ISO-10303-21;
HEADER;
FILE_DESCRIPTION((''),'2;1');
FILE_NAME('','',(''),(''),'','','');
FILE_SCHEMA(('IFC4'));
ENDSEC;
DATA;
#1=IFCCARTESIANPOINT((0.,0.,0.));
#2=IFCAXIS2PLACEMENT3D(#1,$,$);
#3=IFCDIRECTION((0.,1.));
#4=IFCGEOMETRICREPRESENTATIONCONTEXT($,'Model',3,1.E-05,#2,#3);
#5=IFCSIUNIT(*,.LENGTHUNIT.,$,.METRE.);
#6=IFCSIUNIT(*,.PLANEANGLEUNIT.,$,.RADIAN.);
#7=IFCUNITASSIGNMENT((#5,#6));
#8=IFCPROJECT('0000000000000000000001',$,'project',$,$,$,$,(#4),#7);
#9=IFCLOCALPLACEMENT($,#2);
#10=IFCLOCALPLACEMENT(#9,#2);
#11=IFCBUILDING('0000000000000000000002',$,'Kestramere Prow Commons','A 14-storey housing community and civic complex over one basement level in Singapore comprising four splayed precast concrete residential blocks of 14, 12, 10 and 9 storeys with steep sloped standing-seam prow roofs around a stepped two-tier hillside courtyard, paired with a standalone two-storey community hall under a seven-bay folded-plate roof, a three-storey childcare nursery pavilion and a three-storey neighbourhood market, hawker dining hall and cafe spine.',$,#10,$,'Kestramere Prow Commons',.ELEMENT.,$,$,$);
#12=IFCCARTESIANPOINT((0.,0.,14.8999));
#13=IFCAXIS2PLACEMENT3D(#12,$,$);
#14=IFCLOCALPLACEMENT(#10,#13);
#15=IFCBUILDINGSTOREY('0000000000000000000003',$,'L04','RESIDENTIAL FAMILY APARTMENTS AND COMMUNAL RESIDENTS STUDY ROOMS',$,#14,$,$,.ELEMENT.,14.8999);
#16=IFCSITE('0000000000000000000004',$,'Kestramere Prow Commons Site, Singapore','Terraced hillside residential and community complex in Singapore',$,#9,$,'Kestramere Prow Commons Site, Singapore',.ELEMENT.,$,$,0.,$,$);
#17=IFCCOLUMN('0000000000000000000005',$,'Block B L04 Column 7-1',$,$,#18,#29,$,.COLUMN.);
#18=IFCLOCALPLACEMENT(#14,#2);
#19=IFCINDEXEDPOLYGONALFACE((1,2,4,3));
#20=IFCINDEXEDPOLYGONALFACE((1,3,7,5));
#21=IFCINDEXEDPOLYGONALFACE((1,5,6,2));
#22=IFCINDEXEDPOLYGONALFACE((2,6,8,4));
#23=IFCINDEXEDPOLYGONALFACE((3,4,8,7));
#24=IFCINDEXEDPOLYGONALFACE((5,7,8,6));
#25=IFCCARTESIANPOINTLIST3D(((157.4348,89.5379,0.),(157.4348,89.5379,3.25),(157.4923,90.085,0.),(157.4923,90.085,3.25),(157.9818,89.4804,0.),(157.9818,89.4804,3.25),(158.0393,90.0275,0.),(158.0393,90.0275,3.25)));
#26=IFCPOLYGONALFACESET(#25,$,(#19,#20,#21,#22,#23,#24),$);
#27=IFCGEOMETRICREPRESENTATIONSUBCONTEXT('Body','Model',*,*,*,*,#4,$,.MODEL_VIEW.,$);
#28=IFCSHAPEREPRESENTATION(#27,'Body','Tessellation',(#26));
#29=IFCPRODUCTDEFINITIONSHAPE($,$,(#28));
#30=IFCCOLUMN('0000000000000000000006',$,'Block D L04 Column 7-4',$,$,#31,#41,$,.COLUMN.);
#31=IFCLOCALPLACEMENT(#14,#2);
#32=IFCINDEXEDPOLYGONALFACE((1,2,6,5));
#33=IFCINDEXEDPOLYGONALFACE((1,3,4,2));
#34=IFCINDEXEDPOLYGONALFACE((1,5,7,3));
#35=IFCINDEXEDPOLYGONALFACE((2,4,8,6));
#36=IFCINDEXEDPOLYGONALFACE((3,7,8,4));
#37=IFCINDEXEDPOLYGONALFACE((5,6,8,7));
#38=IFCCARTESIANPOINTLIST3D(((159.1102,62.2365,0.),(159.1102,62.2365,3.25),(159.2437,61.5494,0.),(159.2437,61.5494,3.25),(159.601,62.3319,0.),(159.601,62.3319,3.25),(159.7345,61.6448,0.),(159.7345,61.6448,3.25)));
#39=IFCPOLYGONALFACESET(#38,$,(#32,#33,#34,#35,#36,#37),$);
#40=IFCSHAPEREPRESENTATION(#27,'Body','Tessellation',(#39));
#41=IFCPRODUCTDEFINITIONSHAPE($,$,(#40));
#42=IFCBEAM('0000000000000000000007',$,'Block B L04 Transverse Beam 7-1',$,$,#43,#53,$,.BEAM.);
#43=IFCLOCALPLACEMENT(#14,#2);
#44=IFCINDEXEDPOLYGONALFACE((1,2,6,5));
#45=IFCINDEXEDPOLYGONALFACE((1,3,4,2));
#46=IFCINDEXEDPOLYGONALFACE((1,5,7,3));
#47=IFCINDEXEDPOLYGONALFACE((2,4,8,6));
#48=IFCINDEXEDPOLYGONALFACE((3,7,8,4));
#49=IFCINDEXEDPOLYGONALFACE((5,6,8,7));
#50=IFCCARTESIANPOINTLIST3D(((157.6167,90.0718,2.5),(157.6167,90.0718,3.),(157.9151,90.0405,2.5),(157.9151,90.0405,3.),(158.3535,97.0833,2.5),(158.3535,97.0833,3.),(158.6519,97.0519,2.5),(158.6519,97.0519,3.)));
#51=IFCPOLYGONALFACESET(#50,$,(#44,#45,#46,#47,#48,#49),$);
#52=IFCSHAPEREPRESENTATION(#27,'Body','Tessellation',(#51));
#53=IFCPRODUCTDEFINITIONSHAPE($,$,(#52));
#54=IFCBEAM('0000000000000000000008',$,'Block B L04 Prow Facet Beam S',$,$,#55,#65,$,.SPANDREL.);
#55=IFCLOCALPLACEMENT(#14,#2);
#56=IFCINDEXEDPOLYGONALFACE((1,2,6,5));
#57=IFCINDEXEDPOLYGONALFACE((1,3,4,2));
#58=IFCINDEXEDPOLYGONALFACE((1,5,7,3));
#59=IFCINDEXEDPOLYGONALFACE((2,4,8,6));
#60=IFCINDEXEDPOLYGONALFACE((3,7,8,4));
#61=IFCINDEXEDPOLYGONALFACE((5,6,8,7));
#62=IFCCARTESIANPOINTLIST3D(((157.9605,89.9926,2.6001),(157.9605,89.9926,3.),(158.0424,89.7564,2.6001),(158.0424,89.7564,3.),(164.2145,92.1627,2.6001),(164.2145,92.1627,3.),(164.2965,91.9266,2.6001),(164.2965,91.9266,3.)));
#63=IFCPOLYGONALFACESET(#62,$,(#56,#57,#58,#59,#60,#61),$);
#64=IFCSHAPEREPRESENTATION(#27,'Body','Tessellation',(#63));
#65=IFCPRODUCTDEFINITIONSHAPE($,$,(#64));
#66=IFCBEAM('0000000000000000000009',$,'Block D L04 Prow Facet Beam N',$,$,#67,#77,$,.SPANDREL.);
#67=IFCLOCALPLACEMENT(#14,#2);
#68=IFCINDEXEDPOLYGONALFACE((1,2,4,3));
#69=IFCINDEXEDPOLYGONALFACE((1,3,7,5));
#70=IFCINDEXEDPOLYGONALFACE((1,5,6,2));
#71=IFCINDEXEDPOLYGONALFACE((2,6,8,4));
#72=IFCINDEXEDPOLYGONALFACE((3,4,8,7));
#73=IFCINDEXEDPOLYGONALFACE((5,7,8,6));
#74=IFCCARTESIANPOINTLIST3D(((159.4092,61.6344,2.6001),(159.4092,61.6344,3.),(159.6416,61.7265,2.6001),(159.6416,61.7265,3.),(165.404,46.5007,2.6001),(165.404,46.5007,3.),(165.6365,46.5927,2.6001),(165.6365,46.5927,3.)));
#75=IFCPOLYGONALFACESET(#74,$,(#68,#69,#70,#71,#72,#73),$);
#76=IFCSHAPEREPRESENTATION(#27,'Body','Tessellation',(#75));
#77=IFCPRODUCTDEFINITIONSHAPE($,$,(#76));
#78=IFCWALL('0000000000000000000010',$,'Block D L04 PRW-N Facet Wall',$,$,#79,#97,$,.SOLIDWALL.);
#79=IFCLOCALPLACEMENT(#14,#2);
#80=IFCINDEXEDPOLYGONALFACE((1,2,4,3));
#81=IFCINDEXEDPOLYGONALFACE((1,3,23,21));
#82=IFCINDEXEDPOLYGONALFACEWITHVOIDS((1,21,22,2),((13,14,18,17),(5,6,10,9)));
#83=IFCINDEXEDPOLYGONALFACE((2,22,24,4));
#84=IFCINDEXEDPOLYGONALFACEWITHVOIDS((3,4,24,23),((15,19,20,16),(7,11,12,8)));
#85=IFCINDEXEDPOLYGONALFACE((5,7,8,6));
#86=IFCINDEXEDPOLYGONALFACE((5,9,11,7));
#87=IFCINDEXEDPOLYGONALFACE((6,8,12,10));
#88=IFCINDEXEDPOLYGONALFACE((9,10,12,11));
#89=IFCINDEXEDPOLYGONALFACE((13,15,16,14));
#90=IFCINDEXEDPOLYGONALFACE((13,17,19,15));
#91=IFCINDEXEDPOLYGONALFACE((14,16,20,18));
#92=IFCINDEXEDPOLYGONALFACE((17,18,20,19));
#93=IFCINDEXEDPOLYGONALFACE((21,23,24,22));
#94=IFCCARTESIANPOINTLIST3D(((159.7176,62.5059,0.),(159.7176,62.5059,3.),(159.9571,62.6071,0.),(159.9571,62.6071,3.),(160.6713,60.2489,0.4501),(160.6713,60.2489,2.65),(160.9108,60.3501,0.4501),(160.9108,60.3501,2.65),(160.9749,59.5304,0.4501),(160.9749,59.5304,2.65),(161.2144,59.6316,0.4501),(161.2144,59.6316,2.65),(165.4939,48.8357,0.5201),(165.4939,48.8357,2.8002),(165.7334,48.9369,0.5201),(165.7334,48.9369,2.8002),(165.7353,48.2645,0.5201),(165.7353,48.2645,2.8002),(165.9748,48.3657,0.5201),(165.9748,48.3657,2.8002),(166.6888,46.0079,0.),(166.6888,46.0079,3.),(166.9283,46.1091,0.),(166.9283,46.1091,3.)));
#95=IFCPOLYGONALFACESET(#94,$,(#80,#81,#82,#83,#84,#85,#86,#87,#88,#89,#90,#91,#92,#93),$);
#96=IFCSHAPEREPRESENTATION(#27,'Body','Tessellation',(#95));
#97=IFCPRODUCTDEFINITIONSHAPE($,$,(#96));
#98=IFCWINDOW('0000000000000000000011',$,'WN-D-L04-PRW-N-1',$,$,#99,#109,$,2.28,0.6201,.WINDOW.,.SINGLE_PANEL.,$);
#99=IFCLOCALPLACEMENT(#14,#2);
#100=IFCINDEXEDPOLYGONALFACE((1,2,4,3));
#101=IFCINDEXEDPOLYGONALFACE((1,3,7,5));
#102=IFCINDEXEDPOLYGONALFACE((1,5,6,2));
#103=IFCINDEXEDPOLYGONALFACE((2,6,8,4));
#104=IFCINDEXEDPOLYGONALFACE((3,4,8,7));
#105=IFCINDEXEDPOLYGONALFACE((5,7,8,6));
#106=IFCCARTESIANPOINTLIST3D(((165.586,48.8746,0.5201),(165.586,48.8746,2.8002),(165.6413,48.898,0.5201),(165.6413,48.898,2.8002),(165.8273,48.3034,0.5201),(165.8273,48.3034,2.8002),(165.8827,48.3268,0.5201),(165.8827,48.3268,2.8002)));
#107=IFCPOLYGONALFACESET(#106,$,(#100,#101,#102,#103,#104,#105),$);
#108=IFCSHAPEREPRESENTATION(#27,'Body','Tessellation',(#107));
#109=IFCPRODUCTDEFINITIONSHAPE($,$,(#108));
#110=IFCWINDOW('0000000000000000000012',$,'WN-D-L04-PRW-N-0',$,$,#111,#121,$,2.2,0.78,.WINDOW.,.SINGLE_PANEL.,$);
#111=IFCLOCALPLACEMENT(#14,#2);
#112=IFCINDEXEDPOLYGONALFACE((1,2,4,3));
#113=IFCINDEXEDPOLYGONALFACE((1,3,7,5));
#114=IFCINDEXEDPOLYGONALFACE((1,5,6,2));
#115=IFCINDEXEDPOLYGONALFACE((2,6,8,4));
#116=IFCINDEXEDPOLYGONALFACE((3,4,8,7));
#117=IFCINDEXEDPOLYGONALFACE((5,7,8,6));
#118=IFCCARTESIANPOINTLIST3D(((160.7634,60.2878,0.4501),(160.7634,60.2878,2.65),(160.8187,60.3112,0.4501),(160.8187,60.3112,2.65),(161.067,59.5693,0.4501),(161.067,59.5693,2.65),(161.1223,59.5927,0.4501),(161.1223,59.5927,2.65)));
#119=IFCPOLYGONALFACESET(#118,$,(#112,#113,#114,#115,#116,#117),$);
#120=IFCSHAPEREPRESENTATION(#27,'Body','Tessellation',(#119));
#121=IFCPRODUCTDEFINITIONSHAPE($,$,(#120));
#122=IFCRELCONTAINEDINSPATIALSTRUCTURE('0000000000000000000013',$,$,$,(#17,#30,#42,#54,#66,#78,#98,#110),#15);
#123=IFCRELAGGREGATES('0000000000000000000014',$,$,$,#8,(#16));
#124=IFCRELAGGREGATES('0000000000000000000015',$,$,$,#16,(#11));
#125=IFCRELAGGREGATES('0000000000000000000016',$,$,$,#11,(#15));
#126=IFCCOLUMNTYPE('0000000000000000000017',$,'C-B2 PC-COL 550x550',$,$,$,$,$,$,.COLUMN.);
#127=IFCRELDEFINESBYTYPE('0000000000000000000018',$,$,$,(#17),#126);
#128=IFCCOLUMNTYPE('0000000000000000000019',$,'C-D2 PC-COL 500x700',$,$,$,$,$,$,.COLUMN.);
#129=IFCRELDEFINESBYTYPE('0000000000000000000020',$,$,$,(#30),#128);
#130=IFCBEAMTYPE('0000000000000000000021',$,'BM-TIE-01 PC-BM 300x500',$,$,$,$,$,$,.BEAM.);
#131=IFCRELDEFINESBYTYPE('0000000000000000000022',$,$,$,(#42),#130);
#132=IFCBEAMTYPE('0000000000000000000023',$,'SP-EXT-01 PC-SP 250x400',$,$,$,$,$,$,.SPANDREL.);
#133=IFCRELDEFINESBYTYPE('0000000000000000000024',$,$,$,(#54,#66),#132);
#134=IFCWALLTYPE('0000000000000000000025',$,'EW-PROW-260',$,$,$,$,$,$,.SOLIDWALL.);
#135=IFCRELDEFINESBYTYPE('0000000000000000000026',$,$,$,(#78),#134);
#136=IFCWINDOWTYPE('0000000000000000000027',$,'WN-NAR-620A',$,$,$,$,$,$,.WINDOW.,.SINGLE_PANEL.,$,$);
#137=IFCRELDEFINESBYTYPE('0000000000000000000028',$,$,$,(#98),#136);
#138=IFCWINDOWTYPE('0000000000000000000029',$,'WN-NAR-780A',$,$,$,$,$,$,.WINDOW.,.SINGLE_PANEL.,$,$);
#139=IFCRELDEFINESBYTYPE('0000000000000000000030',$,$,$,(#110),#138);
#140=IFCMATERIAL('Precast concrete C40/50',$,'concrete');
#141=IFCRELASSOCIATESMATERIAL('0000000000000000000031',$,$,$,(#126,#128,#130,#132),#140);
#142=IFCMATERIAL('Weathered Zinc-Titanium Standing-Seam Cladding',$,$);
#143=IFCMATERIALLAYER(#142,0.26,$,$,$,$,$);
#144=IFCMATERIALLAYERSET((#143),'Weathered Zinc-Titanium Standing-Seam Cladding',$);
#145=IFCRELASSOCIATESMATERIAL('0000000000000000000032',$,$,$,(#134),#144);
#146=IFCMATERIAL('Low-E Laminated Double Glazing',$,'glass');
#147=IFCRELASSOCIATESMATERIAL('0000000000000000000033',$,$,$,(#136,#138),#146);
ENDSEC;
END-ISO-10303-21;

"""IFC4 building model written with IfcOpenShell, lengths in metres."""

from ifc_helpers import new_model, si_unit, direction, frame, frame_2d, origin, origin_2d, place, context, subcontext, project, spatial, rectangle, extrude, material, layer, layer_set, material_profile, profile_set, type_object, element, fill, save


model = new_model("IFC4")

# Units and contexts
model_context = context("Model", 3, precision=1e-05, world=origin(), true_north=direction((0.0, 1.0)))
body_context = subcontext(model_context, "Body", "Model", "MODEL_VIEW")
ifc_project = project(units=[si_unit("LENGTHUNIT", "METRE"), si_unit("PLANEANGLEUNIT", "RADIAN")], contexts=[model_context])

# Site, building, storey
site_placement = place(None, origin())
site = spatial("IfcSite", under=ifc_project, at=site_placement, Name="Kestramere Prow Commons Site, Singapore", Description="Terraced hillside residential and community complex in Singapore", LongName="Kestramere Prow Commons Site, Singapore", CompositionType="ELEMENT", RefElevation=0.0)
building_placement = place(site_placement, origin())
building = spatial("IfcBuilding", under=site, at=building_placement, Name="Kestramere Prow Commons", Description="A 14-storey housing community and civic complex over one basement level in Singapore comprising four splayed precast concrete residential blocks of 14, 12, 10 and 9 storeys with steep sloped standing-seam prow roofs around a stepped two-tier hillside courtyard, paired with a standalone two-storey community hall under a seven-bay folded-plate roof, a three-storey childcare nursery pavilion and a three-storey neighbourhood market, hawker dining hall and cafe spine.", LongName="Kestramere Prow Commons", CompositionType="ELEMENT")
storey_placement = place(building_placement, frame((0.0, 0.0, 14.8999)))
storey = spatial("IfcBuildingStorey", under=building, at=storey_placement, Name="L04", Description="RESIDENTIAL FAMILY APARTMENTS AND COMMUNAL RESIDENTS STUDY ROOMS", CompositionType="ELEMENT", Elevation=14.8999)

# Columns
ifc_material_1 = material(Name="Precast concrete C40/50", Category="concrete")
ifc_material_profile_1 = material_profile(ifc_material_1, rectangle(XDim=0.55, YDim=0.55, at=origin_2d()), Name="PC-COL 550x550")
ifc_profile_set_1 = profile_set([ifc_material_profile_1], Name="Precast concrete C40/50")
column_type_1 = type_object("IfcColumnType", Name="C-B2 PC-COL 550x550", PredefinedType="COLUMN", material=ifc_profile_set_1)
column_1_placement = place(storey_placement, frame((157.7371, 89.7827, 0.0), z_axis=(0.0, 0.0, 1.0), x_axis=(0.994522, -0.104528, 0.0)))
element("IfcColumn", 1, at=column_1_placement, inside=storey, type_object=column_type_1, Name="Block B L04 Column 7-1", PredefinedType="COLUMN", context=body_context, shape_type="SweptSolid", body=[
    extrude(rectangle(XDim=0.55, YDim=0.55, at=origin_2d()), origin(), (0.0, 0.0, 1.0), 3.25),
])
ifc_material_profile_2 = material_profile(ifc_material_1, rectangle(XDim=0.5, YDim=0.7, at=origin_2d()), Name="PC-COL 500x700")
ifc_profile_set_2 = profile_set([ifc_material_profile_2], Name="Precast concrete C40/50")
column_type_2 = type_object("IfcColumnType", Name="C-D2 PC-COL 500x700", PredefinedType="COLUMN", material=ifc_profile_set_2)
column_2_placement = place(storey_placement, frame((159.4224, 61.9407, 0.0), z_axis=(0.0, 0.0, 1.0), x_axis=(0.981627, 0.190809, 0.0)))
element("IfcColumn", 2, at=column_2_placement, inside=storey, type_object=column_type_2, Name="Block D L04 Column 7-4", PredefinedType="COLUMN", context=body_context, shape_type="SweptSolid", body=[
    extrude(rectangle(XDim=0.5, YDim=0.7, at=origin_2d()), origin(), (0.0, 0.0, 1.0), 3.25),
])

# Beams
ifc_material_profile_3 = material_profile(ifc_material_1, rectangle(XDim=0.3, YDim=0.5, at=origin_2d()), Name="PC-BM 300x500")
ifc_profile_set_3 = profile_set([ifc_material_profile_3], Name="Precast concrete C40/50")
beam_type_1 = type_object("IfcBeamType", Name="BM-TIE-01 PC-BM 300x500", PredefinedType="BEAM", material=ifc_profile_set_3)
beam_1_placement = place(storey_placement, frame((157.7659, 90.0562, 2.75), z_axis=(0.104512, 0.994524, 0.0), x_axis=(-0.994524, 0.104512, 0.0)))
element("IfcBeam", 3, at=beam_1_placement, inside=storey, type_object=beam_type_1, Name="Block B L04 Transverse Beam 7-1", PredefinedType="BEAM", context=body_context, shape_type="SweptSolid", body=[
    extrude(rectangle(XDim=0.3, YDim=0.5, at=origin_2d()), origin(), (0.0, 0.0, 1.0), 7.05),
])
ifc_material_profile_4 = material_profile(ifc_material_1, rectangle(XDim=0.25, YDim=0.3999, at=origin_2d()), Name="PC-SP 250x400")
ifc_profile_set_4 = profile_set([ifc_material_profile_4], Name="Precast concrete C40/50")
beam_type_2 = type_object("IfcBeamType", Name="SP-EXT-01 PC-SP 250x400", PredefinedType="SPANDREL", material=ifc_profile_set_4)
beam_2_placement = place(storey_placement, frame((158.0015, 89.8745, 2.8), z_axis=(0.94474, 0.327821, 0.0), x_axis=(-0.327821, 0.94474, 0.0)))
element("IfcBeam", 4, at=beam_2_placement, inside=storey, type_object=beam_type_2, Name="Block B L04 Prow Facet Beam S", PredefinedType="SPANDREL", context=body_context, shape_type="SweptSolid", body=[
    extrude(rectangle(XDim=0.25, YDim=0.3999, at=origin_2d()), origin(), (0.0, 0.0, 1.0), 6.6199),
])
beam_3_placement = place(storey_placement, frame((159.5254, 61.6804, 2.8), z_axis=(0.368283, -0.929714, 0.0), x_axis=(0.929714, 0.368283, 0.0)))
element("IfcBeam", 5, at=beam_3_placement, inside=storey, type_object=beam_type_2, Name="Block D L04 Prow Facet Beam N", PredefinedType="SPANDREL", context=body_context, shape_type="SweptSolid", body=[
    extrude(rectangle(XDim=0.25, YDim=0.3999, at=origin_2d()), origin(), (0.0, 0.0, 1.0), 16.2778),
])

# Wall, openings, windows
ifc_material_2 = material(Name="Weathered Zinc-Titanium Standing-Seam Cladding")
ifc_layer_1 = layer(ifc_material_2, 0.26)
ifc_layer_set_1 = layer_set([ifc_layer_1], Name="Weathered Zinc-Titanium Standing-Seam Cladding")
wall_type_1 = type_object("IfcWallType", Name="EW-PROW-260", PredefinedType="SOLIDWALL", material=ifc_layer_set_1)
wall_1_placement = place(storey_placement, frame((159.8374, 62.5564, 0.0), z_axis=(0.0, 0.0, 1.0), x_axis=(0.389226, -0.921142, 0.0)))
wall_1 = element("IfcWall", 6, at=wall_1_placement, inside=storey, type_object=wall_type_1, Name="Block D L04 PRW-N Facet Wall", PredefinedType="SOLIDWALL", context=body_context, shape_type="SweptSolid", body=[
    extrude(rectangle(XDim=17.9104, YDim=0.26, at=frame_2d((8.9551, 0.0))), origin(), (0.0, 0.0, 1.0), 3.0),
])
opening_1_placement = place(wall_1_placement, frame((2.45, 0.0, 0.45)))
opening_1 = element("IfcOpeningElement", 7, at=opening_1_placement, cuts=wall_1, PredefinedType="OPENING", context=body_context, shape_type="SweptSolid", body=[
    extrude(rectangle(XDim=0.78, YDim=2.2, at=frame_2d((0.3901, 1.1001))), frame((0.0, 0.145, 0.0), z_axis=(0.0, -1.0, 0.0), x_axis=(1.0, 0.0, 0.0)), (0.0, 0.0, 1.0), 0.29),
])
opening_2_placement = place(wall_1_placement, frame((14.8403, 0.0, 0.52)))
opening_2 = element("IfcOpeningElement", 8, at=opening_2_placement, cuts=wall_1, PredefinedType="OPENING", context=body_context, shape_type="SweptSolid", body=[
    extrude(rectangle(XDim=0.6201, YDim=2.28, at=frame_2d((0.3101, 1.1401))), frame((0.0, 0.145, 0.0), z_axis=(0.0, -1.0, 0.0), x_axis=(1.0, 0.0, 0.0)), (0.0, 0.0, 1.0), 0.29),
])
ifc_material_3 = material(Name="Low-E Laminated Double Glazing", Category="glass")
window_type_1 = type_object("IfcWindowType", Name="WN-NAR-620A", PartitioningType="SINGLE_PANEL", PredefinedType="WINDOW", material=ifc_material_3)
window_1_placement = place(opening_2_placement, origin())
window_1 = element("IfcWindow", 9, at=window_1_placement, inside=storey, type_object=window_type_1, Name="WN-D-L04-PRW-N-1", OverallHeight=2.28, OverallWidth=0.6201, PartitioningType="SINGLE_PANEL", PredefinedType="WINDOW", context=body_context, shape_type="SweptSolid", body=[
    extrude(rectangle(XDim=0.6201, YDim=2.28, at=frame_2d((0.3101, 1.1401))), frame((0.0, 0.03, 0.0), z_axis=(0.0, -1.0, 0.0), x_axis=(1.0, 0.0, 0.0)), (0.0, 0.0, 1.0), 0.0601),
])
fill(opening_2, window_1)
window_type_2 = type_object("IfcWindowType", Name="WN-NAR-780A", PartitioningType="SINGLE_PANEL", PredefinedType="WINDOW", material=ifc_material_3)
window_2_placement = place(opening_1_placement, origin())
window_2 = element("IfcWindow", 10, at=window_2_placement, inside=storey, type_object=window_type_2, Name="WN-D-L04-PRW-N-0", OverallHeight=2.2, OverallWidth=0.78, PartitioningType="SINGLE_PANEL", PredefinedType="WINDOW", context=body_context, shape_type="SweptSolid", body=[
    extrude(rectangle(XDim=0.78, YDim=2.2, at=frame_2d((0.3901, 1.1001))), frame((0.0, 0.03, 0.0), z_axis=(0.0, -1.0, 0.0), x_axis=(1.0, 0.0, 0.0)), (0.0, 0.0, 1.0), 0.0601),
])
fill(opening_1, window_2)

save(model, "model.ifc")
